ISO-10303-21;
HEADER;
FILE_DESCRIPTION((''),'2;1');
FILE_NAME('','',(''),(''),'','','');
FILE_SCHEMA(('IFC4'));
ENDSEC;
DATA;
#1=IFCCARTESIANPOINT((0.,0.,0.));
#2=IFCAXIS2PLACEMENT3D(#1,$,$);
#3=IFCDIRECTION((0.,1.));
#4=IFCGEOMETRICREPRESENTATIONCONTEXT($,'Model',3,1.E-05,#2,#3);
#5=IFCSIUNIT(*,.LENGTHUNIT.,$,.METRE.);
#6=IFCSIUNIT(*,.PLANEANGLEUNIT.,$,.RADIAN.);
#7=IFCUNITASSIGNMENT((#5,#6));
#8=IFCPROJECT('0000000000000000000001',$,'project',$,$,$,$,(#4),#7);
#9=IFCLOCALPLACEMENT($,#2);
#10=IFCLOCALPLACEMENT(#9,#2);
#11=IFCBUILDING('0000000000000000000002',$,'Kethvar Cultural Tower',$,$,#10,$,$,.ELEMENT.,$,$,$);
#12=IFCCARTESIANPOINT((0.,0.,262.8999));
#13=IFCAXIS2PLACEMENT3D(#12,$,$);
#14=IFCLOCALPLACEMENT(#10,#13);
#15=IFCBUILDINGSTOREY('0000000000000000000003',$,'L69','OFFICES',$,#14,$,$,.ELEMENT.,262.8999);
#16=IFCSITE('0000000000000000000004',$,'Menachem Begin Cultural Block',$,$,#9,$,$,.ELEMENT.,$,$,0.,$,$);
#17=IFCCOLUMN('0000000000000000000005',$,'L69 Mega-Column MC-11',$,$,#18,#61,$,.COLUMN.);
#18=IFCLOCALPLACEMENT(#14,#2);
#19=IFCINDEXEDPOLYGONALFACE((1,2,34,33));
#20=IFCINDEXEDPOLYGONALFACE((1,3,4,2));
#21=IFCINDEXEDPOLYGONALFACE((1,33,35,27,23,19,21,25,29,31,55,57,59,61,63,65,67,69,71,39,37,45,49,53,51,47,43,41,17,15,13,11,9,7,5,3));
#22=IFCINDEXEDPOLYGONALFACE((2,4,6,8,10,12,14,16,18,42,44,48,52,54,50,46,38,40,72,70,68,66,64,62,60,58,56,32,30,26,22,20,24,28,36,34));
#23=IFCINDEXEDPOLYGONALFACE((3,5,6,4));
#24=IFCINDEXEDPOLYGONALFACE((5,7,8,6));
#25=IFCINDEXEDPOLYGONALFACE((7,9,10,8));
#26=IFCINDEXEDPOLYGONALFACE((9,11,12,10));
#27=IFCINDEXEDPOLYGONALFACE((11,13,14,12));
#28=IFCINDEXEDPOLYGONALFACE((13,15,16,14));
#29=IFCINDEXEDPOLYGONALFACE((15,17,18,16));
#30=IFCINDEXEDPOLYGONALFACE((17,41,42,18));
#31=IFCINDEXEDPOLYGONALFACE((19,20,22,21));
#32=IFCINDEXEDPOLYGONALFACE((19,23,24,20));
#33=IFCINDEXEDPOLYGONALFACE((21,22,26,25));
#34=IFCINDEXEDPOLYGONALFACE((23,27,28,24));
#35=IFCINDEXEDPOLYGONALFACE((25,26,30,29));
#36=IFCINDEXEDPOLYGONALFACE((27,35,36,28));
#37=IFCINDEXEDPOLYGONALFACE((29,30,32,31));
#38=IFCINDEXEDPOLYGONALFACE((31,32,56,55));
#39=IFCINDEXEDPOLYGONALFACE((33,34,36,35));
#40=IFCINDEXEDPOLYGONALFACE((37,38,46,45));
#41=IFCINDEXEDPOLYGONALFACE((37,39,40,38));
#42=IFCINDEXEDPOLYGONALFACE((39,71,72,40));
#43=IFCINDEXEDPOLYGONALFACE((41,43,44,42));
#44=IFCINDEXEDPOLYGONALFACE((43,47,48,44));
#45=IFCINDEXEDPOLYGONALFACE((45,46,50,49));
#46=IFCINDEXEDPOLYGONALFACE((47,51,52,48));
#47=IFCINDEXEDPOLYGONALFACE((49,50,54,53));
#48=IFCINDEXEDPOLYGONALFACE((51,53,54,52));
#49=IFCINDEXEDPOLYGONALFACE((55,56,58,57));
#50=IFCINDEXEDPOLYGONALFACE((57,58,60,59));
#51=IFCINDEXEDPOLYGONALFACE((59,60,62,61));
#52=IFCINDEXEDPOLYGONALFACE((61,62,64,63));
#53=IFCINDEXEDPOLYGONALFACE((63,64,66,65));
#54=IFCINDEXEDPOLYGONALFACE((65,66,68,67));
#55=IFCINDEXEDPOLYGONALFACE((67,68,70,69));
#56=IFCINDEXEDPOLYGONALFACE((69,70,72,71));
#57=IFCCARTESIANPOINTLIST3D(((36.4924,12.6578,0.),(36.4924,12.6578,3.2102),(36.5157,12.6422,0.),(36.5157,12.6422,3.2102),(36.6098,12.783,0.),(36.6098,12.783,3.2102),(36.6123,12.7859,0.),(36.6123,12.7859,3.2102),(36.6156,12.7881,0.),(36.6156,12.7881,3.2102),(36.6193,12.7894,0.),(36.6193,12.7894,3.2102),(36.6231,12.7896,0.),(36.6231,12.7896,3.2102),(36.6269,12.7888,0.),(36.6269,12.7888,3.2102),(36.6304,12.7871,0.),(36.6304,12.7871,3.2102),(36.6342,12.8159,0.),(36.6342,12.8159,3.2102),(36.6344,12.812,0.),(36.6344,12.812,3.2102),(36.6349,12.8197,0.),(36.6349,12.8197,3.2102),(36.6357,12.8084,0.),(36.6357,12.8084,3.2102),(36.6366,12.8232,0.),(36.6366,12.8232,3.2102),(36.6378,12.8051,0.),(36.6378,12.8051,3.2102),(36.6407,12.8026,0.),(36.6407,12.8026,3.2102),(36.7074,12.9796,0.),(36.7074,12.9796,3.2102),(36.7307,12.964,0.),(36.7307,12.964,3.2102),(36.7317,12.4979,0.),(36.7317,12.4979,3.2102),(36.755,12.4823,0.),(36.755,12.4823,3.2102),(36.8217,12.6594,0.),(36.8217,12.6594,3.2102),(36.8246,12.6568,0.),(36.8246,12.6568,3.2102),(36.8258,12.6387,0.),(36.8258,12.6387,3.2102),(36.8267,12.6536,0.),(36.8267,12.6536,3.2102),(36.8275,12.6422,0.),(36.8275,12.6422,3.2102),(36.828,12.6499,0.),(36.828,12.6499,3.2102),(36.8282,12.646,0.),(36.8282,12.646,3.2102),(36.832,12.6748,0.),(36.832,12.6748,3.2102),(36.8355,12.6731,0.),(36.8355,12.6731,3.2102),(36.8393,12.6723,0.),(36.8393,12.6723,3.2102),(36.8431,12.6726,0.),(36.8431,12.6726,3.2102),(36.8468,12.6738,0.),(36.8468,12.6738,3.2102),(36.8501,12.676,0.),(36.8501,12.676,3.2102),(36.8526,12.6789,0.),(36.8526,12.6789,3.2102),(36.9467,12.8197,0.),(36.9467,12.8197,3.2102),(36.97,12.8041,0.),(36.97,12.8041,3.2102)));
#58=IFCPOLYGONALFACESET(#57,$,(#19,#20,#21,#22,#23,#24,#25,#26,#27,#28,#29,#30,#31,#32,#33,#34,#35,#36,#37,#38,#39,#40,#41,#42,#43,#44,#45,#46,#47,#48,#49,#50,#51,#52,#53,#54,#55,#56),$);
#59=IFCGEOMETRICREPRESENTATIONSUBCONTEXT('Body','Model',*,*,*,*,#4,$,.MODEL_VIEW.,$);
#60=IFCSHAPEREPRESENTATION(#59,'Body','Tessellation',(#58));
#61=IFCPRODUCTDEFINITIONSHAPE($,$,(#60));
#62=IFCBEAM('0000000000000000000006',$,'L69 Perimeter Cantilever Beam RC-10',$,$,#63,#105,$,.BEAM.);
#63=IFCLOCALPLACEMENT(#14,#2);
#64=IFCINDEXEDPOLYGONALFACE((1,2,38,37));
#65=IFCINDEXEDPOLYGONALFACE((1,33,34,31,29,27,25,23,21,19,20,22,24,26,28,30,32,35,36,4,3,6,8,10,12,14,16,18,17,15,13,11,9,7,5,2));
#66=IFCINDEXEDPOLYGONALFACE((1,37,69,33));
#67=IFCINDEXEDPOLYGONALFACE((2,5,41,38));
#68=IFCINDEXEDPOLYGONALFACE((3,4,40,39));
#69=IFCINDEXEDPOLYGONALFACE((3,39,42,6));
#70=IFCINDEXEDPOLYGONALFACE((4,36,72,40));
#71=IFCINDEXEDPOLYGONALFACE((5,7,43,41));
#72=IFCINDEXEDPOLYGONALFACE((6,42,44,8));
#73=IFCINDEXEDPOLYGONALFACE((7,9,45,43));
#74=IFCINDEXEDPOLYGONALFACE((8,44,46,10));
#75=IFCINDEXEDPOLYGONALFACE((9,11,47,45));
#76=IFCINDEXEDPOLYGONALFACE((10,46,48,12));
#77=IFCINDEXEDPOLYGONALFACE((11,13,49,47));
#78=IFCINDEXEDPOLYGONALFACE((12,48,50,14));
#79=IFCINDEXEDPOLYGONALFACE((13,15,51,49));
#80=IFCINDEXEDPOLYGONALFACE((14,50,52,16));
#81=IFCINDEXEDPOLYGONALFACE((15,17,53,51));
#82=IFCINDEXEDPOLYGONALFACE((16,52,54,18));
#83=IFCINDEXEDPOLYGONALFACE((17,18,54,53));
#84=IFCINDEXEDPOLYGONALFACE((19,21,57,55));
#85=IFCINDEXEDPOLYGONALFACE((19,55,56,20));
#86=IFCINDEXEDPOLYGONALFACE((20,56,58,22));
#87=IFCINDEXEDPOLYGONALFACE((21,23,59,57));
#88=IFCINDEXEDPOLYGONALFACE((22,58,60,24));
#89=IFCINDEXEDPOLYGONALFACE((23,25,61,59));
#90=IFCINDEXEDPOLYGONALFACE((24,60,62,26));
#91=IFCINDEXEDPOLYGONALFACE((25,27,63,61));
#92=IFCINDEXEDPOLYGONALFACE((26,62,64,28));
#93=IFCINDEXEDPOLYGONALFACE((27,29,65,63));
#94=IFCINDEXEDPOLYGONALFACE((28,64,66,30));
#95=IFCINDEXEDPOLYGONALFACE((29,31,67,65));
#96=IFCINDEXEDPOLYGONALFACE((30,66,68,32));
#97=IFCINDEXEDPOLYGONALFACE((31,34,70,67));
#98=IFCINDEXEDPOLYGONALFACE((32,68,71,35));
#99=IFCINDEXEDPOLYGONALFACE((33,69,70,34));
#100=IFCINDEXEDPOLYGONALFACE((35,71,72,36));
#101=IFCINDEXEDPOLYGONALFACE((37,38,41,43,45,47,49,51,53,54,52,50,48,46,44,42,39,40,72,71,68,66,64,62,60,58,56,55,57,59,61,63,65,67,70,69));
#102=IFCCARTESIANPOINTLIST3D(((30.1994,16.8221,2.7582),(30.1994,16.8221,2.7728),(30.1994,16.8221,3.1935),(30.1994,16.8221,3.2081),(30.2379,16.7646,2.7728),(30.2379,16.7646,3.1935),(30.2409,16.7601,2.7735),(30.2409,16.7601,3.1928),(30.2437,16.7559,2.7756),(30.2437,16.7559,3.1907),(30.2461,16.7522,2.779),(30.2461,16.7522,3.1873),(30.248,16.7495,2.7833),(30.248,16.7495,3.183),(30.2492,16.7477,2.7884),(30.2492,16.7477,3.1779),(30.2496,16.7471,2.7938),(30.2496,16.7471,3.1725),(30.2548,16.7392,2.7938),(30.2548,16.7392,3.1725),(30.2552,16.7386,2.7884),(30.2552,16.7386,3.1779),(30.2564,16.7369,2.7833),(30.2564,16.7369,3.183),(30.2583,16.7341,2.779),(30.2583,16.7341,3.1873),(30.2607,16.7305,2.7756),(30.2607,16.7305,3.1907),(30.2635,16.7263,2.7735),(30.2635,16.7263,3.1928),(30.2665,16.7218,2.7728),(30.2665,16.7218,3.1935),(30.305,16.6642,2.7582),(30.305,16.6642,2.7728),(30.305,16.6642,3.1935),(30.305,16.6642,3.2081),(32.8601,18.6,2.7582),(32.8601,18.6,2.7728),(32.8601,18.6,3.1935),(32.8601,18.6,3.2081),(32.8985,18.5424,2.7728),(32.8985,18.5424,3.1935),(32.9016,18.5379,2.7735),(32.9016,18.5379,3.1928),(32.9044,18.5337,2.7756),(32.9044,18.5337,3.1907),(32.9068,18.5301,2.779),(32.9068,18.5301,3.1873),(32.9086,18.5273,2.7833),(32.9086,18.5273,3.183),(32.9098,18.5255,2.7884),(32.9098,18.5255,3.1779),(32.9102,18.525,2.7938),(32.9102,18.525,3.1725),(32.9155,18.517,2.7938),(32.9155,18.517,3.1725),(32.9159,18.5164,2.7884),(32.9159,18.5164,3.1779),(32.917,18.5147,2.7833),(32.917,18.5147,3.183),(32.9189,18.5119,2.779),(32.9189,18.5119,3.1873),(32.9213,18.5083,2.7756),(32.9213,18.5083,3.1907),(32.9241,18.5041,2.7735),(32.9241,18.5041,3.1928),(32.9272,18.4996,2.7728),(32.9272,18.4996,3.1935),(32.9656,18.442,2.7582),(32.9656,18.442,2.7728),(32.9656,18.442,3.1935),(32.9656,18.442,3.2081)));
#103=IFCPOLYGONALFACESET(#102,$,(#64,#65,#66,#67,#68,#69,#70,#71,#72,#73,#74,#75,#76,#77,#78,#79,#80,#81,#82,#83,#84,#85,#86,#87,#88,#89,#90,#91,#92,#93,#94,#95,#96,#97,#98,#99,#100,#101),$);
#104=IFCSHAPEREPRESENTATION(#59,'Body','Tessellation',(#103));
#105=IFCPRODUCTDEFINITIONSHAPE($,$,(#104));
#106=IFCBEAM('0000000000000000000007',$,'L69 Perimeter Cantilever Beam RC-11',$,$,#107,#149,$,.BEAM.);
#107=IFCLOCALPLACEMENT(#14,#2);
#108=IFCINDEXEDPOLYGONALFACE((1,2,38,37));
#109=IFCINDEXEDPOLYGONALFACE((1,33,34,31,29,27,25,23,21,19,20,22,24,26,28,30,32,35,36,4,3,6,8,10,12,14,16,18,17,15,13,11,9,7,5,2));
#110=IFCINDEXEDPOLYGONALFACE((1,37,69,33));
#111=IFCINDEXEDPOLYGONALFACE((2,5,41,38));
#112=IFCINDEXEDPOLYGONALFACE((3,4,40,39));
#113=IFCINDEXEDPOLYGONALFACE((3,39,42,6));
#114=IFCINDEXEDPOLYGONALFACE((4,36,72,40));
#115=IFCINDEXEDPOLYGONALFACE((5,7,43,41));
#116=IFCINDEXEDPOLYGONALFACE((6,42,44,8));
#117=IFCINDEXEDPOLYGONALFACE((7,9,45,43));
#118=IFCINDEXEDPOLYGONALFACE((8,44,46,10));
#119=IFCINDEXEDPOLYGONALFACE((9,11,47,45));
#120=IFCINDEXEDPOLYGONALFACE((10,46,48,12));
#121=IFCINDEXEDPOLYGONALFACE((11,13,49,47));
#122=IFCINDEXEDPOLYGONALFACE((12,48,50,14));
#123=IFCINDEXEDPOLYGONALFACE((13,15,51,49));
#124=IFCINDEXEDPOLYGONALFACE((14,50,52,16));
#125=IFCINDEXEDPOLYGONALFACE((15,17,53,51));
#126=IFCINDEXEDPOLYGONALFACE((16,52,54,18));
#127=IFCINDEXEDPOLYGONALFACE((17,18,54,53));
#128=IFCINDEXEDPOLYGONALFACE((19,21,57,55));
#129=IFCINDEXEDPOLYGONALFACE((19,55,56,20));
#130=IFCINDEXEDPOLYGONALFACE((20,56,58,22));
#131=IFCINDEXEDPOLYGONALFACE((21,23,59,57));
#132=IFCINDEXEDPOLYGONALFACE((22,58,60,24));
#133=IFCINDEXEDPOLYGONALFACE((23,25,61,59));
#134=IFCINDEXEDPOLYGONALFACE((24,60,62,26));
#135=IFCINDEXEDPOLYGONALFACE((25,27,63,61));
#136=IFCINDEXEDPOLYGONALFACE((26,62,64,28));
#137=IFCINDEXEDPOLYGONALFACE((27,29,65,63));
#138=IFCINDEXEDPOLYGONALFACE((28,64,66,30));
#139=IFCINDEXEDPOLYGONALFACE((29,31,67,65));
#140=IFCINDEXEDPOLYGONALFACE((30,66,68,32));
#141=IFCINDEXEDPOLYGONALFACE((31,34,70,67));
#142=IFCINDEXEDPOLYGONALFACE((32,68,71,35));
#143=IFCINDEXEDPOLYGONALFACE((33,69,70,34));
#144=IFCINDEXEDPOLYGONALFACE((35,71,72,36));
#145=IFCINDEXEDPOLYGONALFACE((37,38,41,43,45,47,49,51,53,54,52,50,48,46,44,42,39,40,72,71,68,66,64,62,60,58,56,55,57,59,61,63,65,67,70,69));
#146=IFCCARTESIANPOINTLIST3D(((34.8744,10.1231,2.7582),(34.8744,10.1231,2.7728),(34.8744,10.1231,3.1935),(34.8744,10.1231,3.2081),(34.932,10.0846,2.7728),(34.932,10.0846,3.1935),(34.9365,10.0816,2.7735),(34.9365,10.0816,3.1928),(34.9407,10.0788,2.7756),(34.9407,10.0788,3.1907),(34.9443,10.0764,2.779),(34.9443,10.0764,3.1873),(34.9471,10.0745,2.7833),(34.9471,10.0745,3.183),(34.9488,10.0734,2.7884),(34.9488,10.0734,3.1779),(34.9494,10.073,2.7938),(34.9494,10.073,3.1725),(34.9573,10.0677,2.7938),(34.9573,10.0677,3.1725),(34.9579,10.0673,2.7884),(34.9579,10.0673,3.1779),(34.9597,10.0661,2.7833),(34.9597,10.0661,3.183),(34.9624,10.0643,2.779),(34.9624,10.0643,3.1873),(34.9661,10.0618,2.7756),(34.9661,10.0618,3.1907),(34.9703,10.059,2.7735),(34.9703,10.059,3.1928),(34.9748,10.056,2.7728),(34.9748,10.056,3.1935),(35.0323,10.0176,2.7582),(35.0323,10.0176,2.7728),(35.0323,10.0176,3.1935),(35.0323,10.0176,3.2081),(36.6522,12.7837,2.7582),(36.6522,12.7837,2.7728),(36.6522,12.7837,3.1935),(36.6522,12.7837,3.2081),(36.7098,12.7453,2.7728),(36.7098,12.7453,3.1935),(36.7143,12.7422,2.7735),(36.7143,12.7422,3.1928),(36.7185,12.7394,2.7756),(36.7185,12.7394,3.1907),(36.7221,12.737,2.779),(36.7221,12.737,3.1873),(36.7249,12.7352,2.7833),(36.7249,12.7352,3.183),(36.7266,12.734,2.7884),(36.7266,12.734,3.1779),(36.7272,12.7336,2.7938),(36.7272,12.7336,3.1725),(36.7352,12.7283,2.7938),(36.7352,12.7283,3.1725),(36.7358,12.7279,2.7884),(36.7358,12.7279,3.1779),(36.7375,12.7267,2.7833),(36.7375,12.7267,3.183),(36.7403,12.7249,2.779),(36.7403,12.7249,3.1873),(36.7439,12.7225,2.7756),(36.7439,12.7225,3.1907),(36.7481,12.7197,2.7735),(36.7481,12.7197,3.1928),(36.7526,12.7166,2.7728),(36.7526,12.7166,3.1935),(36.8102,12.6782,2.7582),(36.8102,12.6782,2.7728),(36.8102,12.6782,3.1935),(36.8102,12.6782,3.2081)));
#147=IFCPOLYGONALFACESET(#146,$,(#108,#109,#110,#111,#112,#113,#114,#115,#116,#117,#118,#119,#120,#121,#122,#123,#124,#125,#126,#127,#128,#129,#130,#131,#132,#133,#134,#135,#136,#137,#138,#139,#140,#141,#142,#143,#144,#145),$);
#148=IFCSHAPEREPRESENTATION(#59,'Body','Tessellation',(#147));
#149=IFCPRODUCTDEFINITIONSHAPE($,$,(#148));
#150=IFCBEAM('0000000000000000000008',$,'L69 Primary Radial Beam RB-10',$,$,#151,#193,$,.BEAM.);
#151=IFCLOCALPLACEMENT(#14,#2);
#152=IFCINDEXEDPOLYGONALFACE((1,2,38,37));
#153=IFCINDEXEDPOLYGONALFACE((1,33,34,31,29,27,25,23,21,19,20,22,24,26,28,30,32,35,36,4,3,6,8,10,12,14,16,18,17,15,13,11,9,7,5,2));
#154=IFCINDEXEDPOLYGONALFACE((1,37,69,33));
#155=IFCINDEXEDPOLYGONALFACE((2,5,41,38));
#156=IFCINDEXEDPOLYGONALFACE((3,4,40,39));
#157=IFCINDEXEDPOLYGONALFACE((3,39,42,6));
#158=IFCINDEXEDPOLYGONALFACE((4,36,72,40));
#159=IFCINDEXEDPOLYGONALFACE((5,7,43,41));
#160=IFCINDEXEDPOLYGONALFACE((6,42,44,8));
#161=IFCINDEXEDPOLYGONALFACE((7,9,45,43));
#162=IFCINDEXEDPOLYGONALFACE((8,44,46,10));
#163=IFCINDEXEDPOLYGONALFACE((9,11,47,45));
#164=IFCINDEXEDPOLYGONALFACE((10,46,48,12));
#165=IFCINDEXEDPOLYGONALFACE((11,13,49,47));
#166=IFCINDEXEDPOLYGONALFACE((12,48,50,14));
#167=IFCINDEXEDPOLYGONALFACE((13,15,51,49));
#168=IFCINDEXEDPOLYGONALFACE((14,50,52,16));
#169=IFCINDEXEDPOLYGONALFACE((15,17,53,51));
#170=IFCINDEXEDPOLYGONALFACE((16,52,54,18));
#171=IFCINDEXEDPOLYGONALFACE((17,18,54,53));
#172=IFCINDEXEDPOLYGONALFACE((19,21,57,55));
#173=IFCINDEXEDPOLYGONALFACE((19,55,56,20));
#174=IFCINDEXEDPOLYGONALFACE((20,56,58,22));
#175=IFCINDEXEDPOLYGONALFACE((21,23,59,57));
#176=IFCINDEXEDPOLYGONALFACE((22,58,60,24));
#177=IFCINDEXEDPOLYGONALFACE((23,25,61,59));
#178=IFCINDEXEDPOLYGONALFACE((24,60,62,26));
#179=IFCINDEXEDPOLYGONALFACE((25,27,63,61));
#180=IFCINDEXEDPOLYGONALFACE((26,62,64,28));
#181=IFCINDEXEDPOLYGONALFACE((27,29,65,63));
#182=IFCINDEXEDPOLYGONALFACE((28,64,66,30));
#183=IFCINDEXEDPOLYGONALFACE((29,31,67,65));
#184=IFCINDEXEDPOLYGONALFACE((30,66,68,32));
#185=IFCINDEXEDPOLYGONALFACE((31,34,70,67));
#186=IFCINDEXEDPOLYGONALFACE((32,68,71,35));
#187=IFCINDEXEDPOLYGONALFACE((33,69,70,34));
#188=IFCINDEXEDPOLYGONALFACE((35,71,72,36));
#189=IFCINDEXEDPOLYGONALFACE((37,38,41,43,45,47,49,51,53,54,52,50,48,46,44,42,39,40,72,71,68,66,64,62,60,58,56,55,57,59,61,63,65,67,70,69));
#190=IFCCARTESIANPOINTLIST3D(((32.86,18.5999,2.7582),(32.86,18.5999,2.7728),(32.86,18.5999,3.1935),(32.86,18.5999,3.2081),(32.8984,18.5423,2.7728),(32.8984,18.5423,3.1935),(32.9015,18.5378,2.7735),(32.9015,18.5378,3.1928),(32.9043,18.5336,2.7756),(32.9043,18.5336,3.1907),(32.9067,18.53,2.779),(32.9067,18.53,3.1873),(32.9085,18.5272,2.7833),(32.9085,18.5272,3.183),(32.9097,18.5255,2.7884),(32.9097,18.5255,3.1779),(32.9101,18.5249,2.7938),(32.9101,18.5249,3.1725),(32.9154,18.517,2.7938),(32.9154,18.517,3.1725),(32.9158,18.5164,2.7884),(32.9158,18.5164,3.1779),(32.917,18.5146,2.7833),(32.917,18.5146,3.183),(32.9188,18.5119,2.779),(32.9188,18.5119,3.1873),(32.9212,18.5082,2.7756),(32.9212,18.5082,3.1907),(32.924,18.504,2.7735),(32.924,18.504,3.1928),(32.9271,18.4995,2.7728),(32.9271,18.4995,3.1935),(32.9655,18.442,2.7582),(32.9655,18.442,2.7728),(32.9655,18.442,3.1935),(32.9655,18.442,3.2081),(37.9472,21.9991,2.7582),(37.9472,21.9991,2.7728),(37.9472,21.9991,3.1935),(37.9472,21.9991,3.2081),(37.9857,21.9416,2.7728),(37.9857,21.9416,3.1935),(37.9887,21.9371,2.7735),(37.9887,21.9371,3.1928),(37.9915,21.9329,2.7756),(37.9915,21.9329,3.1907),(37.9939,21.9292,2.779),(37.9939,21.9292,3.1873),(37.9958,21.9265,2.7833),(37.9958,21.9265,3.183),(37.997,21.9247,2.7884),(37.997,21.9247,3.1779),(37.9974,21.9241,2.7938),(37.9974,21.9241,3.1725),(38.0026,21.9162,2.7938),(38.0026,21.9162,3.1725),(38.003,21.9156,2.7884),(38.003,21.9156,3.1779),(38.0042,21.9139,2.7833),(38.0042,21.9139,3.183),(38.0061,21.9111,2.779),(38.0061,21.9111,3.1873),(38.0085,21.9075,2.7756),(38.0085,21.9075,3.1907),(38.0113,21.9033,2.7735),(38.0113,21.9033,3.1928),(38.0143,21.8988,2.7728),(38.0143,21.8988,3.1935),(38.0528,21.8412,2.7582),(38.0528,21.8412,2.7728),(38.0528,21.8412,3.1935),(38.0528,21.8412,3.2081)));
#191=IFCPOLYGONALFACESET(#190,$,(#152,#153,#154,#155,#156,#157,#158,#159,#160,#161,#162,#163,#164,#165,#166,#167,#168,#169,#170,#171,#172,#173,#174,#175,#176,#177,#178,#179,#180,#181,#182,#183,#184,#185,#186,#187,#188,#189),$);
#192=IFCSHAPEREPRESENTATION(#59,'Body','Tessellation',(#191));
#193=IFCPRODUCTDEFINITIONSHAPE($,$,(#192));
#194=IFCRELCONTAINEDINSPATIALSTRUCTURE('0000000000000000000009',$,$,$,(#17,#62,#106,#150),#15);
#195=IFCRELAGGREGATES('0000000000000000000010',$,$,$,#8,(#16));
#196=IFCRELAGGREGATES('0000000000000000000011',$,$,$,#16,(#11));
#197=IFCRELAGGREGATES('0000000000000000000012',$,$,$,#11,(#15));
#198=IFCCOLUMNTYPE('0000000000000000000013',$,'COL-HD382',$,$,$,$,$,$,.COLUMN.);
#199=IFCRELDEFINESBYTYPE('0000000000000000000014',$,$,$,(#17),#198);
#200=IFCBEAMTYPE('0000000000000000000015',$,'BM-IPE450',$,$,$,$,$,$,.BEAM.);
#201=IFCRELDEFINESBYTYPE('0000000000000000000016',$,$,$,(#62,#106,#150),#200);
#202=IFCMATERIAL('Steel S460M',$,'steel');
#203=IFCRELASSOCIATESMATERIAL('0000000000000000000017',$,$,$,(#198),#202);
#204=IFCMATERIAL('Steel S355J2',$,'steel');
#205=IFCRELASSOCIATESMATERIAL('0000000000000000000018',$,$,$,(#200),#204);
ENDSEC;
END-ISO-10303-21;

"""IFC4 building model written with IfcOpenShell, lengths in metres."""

from ifc_helpers import new_model, si_unit, direction, frame, origin, origin_2d, place, context, subcontext, project, spatial, i_section, extrude, source, transform, mapped, material, material_profile, profile_set, type_object, element, save


model = new_model("IFC4")

# Units and contexts
model_context = context("Model", 3, precision=1e-05, world=origin(), true_north=direction((0.0, 1.0)))
body_context = subcontext(model_context, "Body", "Model", "MODEL_VIEW")
ifc_project = project(units=[si_unit("LENGTHUNIT", "METRE"), si_unit("PLANEANGLEUNIT", "RADIAN")], contexts=[model_context])

# Site, building, storey
site_placement = place(None, origin())
site = spatial("IfcSite", under=ifc_project, at=site_placement, Name="Menachem Begin Cultural Block", CompositionType="ELEMENT", RefElevation=0.0)
building_placement = place(site_placement, origin())
building = spatial("IfcBuilding", under=site, at=building_placement, Name="Kethvar Cultural Tower", CompositionType="ELEMENT")
storey_placement = place(building_placement, frame((0.0, 0.0, 262.8999)))
storey = spatial("IfcBuildingStorey", under=building, at=storey_placement, Name="L69", Description="OFFICES", CompositionType="ELEMENT", Elevation=262.8999)

# Column
ifc_material_1 = material(Name="Steel S460M", Category="steel")
ifc_material_profile_1 = material_profile(ifc_material_1, i_section(OverallWidth=0.387, OverallDepth=0.3159, WebThickness=0.0186, FlangeThickness=0.0281, FilletRadius=0.0149, at=origin_2d()), Name="Steel S460M — HD400x382")
ifc_profile_set_1 = profile_set([ifc_material_profile_1], Name="Steel S460M — HD400x382")
column_type = type_object("IfcColumnType", Name="COL-HD382", PredefinedType="COLUMN", material=ifc_profile_set_1)
shared_shape_1 = source(origin(), body_context, "Body", "SweptSolid", [
    extrude(i_section(OverallWidth=0.387, OverallDepth=0.3159, WebThickness=0.0186, FlangeThickness=0.0281, FilletRadius=0.0149, at=origin_2d()), origin(), (0.0, 0.0, 1.0), 3.2102),
])
column_placement = place(storey_placement, frame((36.7312, 12.731, 0.0), z_axis=(0.0, 0.0, 1.0), x_axis=(-0.55557, -0.83147, 0.0)))
element("IfcColumn", 1, at=column_placement, inside=storey, type_object=column_type, Name="L69 Mega-Column MC-11", PredefinedType="COLUMN", context=body_context, shape_type="MappedRepresentation", body=[
    mapped(shared_shape_1, transform((0.0, 0.0, 0.0), scale=1.0)),
])

# Beams
ifc_material_2 = material(Name="Steel S355J2", Category="steel")
ifc_material_profile_2 = material_profile(ifc_material_2, i_section(OverallWidth=0.1899, OverallDepth=0.45, WebThickness=0.0095, FlangeThickness=0.0146, FilletRadius=0.021, at=origin_2d()), Name="Steel S355J2 — IPE450")
ifc_profile_set_2 = profile_set([ifc_material_profile_2], Name="Steel S355J2 — IPE450")
beam_type_1 = type_object("IfcBeamType", Name="BM-IPE450", PredefinedType="BEAM", material=ifc_profile_set_2)
shared_shape_2 = source(origin(), body_context, "Body", "SweptSolid", [
    extrude(i_section(OverallWidth=0.1899, OverallDepth=0.45, WebThickness=0.0095, FlangeThickness=0.0146, FilletRadius=0.021, at=origin_2d()), origin(), (0.0, 0.0, 1.0), 3.2),
])
for number, where, z_axis, x_axis, name in (
    (2, (32.9128, 18.521, 2.9832), (-0.831463, -0.55558, 0.0), (0.55558, -0.831463, 0.0), "L69 Perimeter Cantilever Beam RC-10"),
    (3, (36.7312, 12.731, 2.9832), (-0.55558, -0.831463, 0.0), (0.831463, -0.55558, 0.0), "L69 Perimeter Cantilever Beam RC-11"),
):
    element("IfcBeam", number, at=place(storey_placement, frame(where, z_axis=z_axis, x_axis=x_axis)), inside=storey, type_object=beam_type_1, Name=name, PredefinedType="BEAM", context=body_context, shape_type="MappedRepresentation", body=[
        mapped(shared_shape_2, transform((0.0, 0.0, 0.0), scale=1.0)),
    ])
shared_shape_3 = source(origin(), body_context, "Body", "SweptSolid", [
    extrude(i_section(OverallWidth=0.1899, OverallDepth=0.45, WebThickness=0.0095, FlangeThickness=0.0146, FilletRadius=0.021, at=origin_2d()), origin(), (0.0, 0.0, 1.0), 6.1184),
])
beam_1_placement = place(storey_placement, frame((38.0, 21.9202, 2.9832), z_axis=(-0.831467, -0.555575, 0.0), x_axis=(0.555575, -0.831467, 0.0)))
element("IfcBeam", 4, at=beam_1_placement, inside=storey, type_object=beam_type_1, Name="L69 Primary Radial Beam RB-10", PredefinedType="BEAM", context=body_context, shape_type="MappedRepresentation", body=[
    mapped(shared_shape_3, transform((0.0, 0.0, 0.0), scale=1.0)),
])

save(model, "model.ifc")
